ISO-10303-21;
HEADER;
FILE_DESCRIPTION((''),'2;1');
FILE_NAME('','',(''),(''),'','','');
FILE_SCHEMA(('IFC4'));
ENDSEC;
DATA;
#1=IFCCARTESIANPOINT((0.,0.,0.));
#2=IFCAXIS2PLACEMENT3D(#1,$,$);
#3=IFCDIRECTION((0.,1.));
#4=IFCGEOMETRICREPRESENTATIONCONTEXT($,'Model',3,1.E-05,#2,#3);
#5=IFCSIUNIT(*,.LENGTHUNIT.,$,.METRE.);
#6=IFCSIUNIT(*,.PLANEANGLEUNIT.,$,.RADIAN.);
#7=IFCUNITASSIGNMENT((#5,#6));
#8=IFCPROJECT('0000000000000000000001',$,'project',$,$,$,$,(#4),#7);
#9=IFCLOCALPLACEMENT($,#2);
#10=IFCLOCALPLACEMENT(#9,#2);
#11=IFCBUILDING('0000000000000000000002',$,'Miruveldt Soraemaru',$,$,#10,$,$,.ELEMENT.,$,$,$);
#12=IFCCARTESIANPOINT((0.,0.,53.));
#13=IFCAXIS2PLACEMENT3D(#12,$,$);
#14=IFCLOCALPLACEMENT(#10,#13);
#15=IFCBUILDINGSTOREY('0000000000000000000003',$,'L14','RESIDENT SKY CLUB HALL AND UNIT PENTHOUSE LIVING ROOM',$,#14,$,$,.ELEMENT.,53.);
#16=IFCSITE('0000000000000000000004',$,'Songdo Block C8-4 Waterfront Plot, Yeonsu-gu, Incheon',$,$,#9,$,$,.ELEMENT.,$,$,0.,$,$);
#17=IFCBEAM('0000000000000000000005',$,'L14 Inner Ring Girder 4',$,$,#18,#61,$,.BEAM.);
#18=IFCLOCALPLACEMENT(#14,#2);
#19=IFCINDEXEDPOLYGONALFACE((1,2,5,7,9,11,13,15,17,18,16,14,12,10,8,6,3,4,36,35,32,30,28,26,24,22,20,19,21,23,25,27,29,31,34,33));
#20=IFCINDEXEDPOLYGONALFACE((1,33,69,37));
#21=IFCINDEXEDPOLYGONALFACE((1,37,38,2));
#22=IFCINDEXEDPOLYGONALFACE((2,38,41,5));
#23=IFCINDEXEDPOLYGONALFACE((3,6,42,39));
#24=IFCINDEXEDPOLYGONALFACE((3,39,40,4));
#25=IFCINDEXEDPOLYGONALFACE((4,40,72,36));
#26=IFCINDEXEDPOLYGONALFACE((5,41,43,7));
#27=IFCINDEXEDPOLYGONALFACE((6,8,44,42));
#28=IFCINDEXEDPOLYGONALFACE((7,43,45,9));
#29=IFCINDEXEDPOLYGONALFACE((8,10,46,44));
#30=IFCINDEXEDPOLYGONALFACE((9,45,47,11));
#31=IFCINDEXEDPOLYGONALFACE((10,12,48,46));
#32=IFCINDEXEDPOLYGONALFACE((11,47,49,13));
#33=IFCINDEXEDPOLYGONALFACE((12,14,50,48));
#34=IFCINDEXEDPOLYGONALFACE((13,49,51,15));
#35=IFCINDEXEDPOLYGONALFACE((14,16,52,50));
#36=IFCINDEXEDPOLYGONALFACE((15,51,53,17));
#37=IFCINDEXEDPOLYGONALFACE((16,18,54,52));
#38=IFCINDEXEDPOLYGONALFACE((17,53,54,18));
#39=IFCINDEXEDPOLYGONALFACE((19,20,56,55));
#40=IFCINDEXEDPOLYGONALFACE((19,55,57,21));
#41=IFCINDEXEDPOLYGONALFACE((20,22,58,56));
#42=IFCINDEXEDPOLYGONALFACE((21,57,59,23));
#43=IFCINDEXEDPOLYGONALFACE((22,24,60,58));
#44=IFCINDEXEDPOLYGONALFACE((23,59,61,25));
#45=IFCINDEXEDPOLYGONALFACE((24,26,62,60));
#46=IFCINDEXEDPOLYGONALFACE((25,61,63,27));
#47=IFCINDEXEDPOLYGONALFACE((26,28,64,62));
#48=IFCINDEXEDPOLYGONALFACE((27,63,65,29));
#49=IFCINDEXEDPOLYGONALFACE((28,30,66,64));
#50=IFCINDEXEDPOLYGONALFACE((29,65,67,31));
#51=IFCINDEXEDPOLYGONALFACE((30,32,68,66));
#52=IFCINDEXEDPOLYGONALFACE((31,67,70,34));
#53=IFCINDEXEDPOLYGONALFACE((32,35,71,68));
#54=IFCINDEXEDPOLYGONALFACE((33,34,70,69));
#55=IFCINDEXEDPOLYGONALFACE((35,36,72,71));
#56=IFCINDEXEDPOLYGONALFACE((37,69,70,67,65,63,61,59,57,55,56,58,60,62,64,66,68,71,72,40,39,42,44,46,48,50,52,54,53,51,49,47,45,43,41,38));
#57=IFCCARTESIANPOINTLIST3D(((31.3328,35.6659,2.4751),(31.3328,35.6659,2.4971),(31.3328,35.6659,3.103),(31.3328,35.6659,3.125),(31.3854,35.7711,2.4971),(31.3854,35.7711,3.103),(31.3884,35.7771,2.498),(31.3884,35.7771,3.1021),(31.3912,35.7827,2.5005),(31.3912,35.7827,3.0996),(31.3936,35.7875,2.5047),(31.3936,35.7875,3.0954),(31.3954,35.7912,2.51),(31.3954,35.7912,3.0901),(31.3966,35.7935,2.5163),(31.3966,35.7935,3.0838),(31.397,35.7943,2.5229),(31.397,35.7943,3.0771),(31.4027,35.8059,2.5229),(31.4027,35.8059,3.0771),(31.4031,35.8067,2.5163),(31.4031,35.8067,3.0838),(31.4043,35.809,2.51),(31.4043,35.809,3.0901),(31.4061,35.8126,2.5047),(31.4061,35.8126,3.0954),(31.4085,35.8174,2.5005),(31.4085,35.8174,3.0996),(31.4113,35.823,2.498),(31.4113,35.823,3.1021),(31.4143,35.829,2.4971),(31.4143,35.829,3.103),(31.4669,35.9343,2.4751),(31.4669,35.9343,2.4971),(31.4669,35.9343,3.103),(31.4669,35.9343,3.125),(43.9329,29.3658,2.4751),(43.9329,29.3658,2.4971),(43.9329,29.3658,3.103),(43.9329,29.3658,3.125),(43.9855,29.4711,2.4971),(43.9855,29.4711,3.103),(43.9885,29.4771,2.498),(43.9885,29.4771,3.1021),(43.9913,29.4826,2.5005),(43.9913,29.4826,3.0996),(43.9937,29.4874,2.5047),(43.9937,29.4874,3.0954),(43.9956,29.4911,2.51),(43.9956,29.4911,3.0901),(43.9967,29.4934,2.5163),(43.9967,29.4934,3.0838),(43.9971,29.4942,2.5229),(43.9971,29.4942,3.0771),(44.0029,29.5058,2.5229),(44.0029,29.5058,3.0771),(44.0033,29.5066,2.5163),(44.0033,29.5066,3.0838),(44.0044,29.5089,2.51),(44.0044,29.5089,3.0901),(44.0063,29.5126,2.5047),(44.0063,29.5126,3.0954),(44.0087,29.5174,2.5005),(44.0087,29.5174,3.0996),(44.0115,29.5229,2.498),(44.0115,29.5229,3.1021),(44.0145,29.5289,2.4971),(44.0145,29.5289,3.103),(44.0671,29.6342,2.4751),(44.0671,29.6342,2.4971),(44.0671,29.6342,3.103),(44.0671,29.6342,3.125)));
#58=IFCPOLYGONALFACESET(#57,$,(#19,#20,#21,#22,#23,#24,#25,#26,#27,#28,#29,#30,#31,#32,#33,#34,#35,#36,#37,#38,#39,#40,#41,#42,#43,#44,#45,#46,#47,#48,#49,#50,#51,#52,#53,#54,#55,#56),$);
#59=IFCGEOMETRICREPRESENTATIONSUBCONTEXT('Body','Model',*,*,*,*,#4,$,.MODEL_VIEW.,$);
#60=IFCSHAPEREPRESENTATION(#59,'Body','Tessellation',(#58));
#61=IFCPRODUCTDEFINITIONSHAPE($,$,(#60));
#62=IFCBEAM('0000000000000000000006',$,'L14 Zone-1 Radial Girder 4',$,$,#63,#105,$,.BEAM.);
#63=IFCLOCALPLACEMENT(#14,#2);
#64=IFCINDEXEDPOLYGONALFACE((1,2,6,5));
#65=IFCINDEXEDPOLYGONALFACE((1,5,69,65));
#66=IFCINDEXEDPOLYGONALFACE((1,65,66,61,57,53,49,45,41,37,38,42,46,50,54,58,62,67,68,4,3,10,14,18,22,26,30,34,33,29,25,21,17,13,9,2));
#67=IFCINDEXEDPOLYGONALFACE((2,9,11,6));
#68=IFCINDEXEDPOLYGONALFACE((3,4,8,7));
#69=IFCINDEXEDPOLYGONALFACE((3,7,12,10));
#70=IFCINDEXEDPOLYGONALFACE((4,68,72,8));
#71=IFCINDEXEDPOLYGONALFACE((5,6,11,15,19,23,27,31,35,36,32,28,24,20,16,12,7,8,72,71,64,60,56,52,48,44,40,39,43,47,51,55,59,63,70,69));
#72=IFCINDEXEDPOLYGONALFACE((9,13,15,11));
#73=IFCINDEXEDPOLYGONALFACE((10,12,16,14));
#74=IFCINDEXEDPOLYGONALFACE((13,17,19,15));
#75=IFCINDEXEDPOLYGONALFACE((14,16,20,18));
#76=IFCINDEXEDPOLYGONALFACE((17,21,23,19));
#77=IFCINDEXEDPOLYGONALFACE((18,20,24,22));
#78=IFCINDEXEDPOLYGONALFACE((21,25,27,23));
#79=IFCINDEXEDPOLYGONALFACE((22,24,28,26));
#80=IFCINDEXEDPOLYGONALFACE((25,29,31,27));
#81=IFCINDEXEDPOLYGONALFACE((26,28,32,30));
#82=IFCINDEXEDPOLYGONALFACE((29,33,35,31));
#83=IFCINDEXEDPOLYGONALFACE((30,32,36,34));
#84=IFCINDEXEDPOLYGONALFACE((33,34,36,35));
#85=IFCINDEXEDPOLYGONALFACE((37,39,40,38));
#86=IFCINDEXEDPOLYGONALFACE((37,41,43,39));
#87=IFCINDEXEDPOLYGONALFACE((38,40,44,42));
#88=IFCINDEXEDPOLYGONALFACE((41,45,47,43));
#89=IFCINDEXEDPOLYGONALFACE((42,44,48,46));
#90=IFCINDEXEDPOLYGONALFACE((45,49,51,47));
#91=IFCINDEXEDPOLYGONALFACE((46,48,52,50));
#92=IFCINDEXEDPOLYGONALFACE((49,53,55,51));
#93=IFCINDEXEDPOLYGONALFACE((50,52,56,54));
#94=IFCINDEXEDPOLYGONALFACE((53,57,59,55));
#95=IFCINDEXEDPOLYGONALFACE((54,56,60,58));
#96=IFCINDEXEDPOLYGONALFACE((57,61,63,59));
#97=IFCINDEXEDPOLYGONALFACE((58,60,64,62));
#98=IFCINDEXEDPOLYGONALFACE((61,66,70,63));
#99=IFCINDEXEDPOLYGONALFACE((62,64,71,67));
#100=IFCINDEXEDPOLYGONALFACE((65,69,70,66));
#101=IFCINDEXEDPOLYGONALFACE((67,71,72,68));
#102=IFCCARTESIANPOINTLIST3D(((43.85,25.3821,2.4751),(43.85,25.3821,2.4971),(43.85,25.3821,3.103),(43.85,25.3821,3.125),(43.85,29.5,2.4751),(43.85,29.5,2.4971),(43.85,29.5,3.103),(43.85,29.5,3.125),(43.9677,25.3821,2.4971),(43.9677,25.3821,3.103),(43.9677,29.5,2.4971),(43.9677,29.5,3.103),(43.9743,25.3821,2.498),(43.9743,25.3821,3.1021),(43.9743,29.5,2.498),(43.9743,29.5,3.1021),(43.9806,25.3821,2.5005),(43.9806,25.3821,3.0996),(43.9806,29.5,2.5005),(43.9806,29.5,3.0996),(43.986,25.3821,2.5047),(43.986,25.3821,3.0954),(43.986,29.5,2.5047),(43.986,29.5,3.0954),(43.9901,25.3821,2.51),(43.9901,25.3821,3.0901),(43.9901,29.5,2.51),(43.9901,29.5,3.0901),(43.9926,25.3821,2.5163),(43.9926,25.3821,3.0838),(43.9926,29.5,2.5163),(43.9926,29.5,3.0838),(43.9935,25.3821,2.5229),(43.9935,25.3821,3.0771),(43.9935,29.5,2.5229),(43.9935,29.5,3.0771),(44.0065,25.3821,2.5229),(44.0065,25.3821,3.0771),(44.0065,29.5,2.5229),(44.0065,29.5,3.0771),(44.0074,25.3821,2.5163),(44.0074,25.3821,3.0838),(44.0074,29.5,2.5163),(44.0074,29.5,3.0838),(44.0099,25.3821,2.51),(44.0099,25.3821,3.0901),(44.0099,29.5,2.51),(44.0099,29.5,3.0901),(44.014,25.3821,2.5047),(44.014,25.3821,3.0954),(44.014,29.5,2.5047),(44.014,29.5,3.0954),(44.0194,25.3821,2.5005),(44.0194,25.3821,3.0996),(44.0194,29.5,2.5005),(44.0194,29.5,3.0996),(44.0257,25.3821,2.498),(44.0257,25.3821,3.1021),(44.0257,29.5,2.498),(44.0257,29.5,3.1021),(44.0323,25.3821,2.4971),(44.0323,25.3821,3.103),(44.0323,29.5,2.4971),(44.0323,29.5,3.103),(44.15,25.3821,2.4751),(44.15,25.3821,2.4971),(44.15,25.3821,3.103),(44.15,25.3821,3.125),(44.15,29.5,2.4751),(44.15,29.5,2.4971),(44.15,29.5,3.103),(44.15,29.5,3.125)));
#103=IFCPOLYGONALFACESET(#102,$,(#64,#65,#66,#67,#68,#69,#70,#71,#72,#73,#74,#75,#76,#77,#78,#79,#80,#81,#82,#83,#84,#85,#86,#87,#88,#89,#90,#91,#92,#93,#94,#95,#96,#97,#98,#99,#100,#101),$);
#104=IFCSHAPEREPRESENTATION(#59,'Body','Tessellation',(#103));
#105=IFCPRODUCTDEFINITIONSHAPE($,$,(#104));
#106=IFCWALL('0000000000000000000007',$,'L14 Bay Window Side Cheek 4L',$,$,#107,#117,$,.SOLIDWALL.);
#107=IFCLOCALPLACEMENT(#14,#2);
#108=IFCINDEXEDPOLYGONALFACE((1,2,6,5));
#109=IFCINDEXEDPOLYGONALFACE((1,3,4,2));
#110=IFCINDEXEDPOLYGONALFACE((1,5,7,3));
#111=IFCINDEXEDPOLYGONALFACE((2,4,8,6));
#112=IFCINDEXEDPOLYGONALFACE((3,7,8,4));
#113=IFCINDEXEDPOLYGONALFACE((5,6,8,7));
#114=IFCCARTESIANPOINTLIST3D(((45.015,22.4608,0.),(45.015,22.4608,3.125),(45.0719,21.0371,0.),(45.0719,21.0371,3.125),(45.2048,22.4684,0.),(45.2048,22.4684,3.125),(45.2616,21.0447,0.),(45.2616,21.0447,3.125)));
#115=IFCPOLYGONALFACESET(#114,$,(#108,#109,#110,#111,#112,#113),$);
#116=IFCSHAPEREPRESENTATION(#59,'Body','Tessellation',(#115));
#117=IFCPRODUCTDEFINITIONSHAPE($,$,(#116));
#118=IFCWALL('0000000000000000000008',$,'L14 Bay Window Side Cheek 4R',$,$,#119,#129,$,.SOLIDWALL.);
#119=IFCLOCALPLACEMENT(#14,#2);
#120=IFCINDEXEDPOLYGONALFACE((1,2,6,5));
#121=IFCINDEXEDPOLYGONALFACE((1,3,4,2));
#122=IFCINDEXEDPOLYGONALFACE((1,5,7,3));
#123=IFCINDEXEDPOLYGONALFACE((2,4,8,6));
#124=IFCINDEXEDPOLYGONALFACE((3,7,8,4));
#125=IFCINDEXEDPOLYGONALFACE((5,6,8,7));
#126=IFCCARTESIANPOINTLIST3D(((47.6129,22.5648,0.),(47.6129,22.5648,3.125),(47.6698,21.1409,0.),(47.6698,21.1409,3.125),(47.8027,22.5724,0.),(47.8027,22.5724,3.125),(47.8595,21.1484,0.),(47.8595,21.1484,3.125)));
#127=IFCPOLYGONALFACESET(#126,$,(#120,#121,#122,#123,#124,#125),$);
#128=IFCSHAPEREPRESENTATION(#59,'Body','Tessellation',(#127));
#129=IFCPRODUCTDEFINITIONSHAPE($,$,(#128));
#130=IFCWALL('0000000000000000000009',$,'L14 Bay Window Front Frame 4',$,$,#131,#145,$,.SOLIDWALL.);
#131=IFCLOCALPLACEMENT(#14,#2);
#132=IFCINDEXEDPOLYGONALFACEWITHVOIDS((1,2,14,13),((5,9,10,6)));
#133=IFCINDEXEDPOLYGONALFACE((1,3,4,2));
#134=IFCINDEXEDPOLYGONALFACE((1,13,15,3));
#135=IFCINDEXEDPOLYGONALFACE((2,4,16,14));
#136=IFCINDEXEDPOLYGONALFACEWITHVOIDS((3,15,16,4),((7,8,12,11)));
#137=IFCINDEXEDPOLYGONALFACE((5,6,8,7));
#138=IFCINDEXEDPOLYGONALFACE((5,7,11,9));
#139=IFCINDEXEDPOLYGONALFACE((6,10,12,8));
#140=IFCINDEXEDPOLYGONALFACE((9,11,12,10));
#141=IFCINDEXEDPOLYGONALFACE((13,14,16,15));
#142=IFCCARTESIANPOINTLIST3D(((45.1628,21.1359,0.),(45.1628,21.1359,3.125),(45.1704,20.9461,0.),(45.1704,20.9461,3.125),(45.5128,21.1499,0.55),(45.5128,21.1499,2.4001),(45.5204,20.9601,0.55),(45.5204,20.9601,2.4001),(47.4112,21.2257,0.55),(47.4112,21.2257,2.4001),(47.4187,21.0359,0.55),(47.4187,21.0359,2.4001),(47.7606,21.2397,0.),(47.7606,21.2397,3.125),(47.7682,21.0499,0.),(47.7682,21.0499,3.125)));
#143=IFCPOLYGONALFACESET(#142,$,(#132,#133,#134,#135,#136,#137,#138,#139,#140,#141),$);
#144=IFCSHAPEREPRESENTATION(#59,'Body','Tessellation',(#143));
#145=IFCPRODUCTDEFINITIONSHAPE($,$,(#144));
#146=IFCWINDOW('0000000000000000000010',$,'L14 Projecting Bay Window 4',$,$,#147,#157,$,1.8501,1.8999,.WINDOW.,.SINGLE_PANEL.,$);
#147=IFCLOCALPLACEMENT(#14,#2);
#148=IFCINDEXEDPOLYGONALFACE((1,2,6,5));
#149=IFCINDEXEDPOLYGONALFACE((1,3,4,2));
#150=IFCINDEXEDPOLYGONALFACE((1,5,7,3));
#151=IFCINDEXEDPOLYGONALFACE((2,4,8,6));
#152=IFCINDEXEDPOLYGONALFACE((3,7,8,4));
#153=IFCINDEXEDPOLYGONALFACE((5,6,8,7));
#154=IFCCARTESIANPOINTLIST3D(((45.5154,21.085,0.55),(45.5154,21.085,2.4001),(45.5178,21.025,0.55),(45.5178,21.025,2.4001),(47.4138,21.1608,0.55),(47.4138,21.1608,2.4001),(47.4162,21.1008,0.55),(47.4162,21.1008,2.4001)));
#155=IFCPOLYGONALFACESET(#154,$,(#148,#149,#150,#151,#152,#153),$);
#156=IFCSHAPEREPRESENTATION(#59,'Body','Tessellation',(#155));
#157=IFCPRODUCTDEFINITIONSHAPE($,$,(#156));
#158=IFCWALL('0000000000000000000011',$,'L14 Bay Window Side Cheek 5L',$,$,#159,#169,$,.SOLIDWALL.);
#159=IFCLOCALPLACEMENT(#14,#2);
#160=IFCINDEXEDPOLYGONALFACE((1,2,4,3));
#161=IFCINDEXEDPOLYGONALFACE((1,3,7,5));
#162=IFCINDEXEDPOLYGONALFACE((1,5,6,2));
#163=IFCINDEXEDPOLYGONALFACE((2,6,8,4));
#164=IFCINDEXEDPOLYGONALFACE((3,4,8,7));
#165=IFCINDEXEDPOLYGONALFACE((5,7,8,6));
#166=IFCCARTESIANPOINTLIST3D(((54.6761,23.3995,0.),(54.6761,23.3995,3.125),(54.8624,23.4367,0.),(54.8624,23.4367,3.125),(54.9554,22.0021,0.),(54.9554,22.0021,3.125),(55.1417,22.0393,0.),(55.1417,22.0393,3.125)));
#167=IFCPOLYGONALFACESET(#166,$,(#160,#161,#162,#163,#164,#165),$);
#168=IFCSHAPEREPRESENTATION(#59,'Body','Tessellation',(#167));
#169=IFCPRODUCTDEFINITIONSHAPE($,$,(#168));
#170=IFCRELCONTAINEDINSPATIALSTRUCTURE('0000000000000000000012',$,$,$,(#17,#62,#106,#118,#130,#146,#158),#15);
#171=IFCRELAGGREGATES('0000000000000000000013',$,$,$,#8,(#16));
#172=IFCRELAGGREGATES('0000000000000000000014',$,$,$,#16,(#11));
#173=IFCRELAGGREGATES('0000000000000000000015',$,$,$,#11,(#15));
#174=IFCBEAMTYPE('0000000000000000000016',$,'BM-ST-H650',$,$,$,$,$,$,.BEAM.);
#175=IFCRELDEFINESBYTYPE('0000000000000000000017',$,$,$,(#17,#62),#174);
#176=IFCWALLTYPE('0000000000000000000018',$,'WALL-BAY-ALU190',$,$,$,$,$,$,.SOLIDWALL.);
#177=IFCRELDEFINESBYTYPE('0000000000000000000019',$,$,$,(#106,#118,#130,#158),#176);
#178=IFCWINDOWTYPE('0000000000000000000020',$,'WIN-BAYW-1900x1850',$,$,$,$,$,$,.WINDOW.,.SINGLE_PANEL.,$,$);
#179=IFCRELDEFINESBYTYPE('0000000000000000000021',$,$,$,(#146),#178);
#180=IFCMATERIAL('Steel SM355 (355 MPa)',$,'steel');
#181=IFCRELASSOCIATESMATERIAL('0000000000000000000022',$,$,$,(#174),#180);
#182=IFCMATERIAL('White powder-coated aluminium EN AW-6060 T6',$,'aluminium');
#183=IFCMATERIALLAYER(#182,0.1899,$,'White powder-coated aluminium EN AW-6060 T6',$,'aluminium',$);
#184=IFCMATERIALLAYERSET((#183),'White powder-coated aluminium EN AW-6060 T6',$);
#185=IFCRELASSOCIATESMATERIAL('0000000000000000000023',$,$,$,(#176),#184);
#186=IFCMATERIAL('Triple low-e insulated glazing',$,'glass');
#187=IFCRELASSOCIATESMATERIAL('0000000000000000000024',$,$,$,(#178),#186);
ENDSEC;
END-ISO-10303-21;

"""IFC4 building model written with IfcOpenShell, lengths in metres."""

from ifc_helpers import new_model, si_unit, direction, frame, frame_2d, origin, origin_2d, place, context, subcontext, project, spatial, rectangle, i_section, extrude, material, layer, layer_set, material_profile, profile_set, type_object, element, fill, save


model = new_model("IFC4")

# Units and contexts
model_context = context("Model", 3, precision=1e-05, world=origin(), true_north=direction((0.0, 1.0)))
body_context = subcontext(model_context, "Body", "Model", "MODEL_VIEW")
ifc_project = project(units=[si_unit("LENGTHUNIT", "METRE"), si_unit("PLANEANGLEUNIT", "RADIAN")], contexts=[model_context])

# Site, building, storey
site_placement = place(None, origin())
site = spatial("IfcSite", under=ifc_project, at=site_placement, Name="Songdo Block C8-4 Waterfront Plot, Yeonsu-gu, Incheon", CompositionType="ELEMENT", RefElevation=0.0)
building_placement = place(site_placement, origin())
building = spatial("IfcBuilding", under=site, at=building_placement, Name="Miruveldt Soraemaru", CompositionType="ELEMENT")
storey_placement = place(building_placement, frame((0.0, 0.0, 53.0)))
storey = spatial("IfcBuildingStorey", under=building, at=storey_placement, Name="L14", Description="RESIDENT SKY CLUB HALL AND UNIT PENTHOUSE LIVING ROOM", CompositionType="ELEMENT", Elevation=53.0)

# Beams
ifc_material_1 = material(Name="Steel SM355 (355 MPa)", Category="steel")
ifc_material_profile = material_profile(ifc_material_1, i_section(OverallWidth=0.3, OverallDepth=0.6499, WebThickness=0.0129, FlangeThickness=0.022, FilletRadius=0.0259, at=origin_2d()), Name="Steel SM355 (355 MPa)", Category="steel")
ifc_profile_set = profile_set([ifc_material_profile], Name="Steel SM355 (355 MPa)")
beam_type = type_object("IfcBeamType", Name="BM-ST-H650", PredefinedType="BEAM", material=ifc_profile_set)
beam_1_placement = place(storey_placement, frame((44.0, 29.5, 2.8), z_axis=(-0.894427, 0.447214, 0.0), x_axis=(-0.447214, -0.894427, 0.0)))
element("IfcBeam", 1, at=beam_1_placement, inside=storey, type_object=beam_type, Name="L14 Inner Ring Girder 4", PredefinedType="BEAM", context=body_context, shape_type="SweptSolid", body=[
    extrude(i_section(OverallWidth=0.3, OverallDepth=0.6499, WebThickness=0.0129, FlangeThickness=0.022, FilletRadius=0.0259, at=origin_2d()), origin(), (0.0, 0.0, 1.0), 14.0874),
])
beam_2_placement = place(storey_placement, frame((44.0, 29.5, 2.8), z_axis=(0.0, -1.0, 0.0), x_axis=(1.0, 0.0, 0.0)))
element("IfcBeam", 2, at=beam_2_placement, inside=storey, type_object=beam_type, Name="L14 Zone-1 Radial Girder 4", PredefinedType="BEAM", context=body_context, shape_type="SweptSolid", body=[
    extrude(i_section(OverallWidth=0.3, OverallDepth=0.6499, WebThickness=0.0129, FlangeThickness=0.022, FilletRadius=0.0259, at=origin_2d()), origin(), (0.0, 0.0, 1.0), 4.1179),
])

# Walls
ifc_material_2 = material(Name="White powder-coated aluminium EN AW-6060 T6", Category="aluminium")
ifc_layer_1 = layer(ifc_material_2, 0.1899, Name="White powder-coated aluminium EN AW-6060 T6", Category="aluminium")
ifc_layer_set_1 = layer_set([ifc_layer_1], Name="White powder-coated aluminium EN AW-6060 T6")
wall_type_1 = type_object("IfcWallType", Name="WALL-BAY-ALU190", PredefinedType="SOLIDWALL", material=ifc_layer_set_1)
wall_1_placement = place(storey_placement, frame((45.1099, 22.4646, 0.0), z_axis=(0.0, 0.0, 1.0), x_axis=(0.039927, -0.999203, 0.0)))
element("IfcWall", 3, at=wall_1_placement, inside=storey, type_object=wall_type_1, Name="L14 Bay Window Side Cheek 4L", PredefinedType="SOLIDWALL", context=body_context, shape_type="SweptSolid", body=[
    extrude(rectangle(XDim=1.4248, YDim=0.1899, at=frame_2d((0.7124, 0.0))), origin(), (0.0, 0.0, 1.0), 3.125),
])
wall_2_placement = place(storey_placement, frame((47.7646, 21.1448, 0.0), z_axis=(0.0, 0.0, 1.0), x_axis=(-0.03992, 0.999203, 0.0)))
element("IfcWall", 4, at=wall_2_placement, inside=storey, type_object=wall_type_1, Name="L14 Bay Window Side Cheek 4R", PredefinedType="SOLIDWALL", context=body_context, shape_type="SweptSolid", body=[
    extrude(rectangle(XDim=1.425, YDim=0.1899, at=frame_2d((0.7124, 0.0))), origin(), (0.0, 0.0, 1.0), 3.125),
])

# Wall, opening, window
wall_3_placement = place(storey_placement, frame((45.1667, 21.041, 0.0), z_axis=(0.0, 0.0, 1.0), x_axis=(0.999203, 0.039908, 0.0)))
wall_3 = element("IfcWall", 5, at=wall_3_placement, inside=storey, type_object=wall_type_1, Name="L14 Bay Window Front Frame 4", PredefinedType="SOLIDWALL", context=body_context, shape_type="SweptSolid", body=[
    extrude(rectangle(XDim=2.5999, YDim=0.1899, at=frame_2d((1.2998, 0.0))), origin(), (0.0, 0.0, 1.0), 3.125),
])
opening_1_placement = place(wall_3_placement, frame((0.3501, 0.0, 0.55)))
opening_1 = element("IfcOpeningElement", 6, at=opening_1_placement, cuts=wall_3, PredefinedType="OPENING", context=body_context, shape_type="SweptSolid", body=[
    extrude(rectangle(XDim=1.8999, YDim=1.8501, at=frame_2d((0.95, 0.925))), frame((0.0, 0.105, 0.0), z_axis=(0.0, -1.0, 0.0), x_axis=(1.0, 0.0, 0.0)), (0.0, 0.0, 1.0), 0.21),
])
ifc_material_3 = material(Name="Triple low-e insulated glazing", Category="glass")
window_type_1 = type_object("IfcWindowType", Name="WIN-BAYW-1900x1850", PartitioningType="SINGLE_PANEL", PredefinedType="WINDOW", material=ifc_material_3)
window_1_placement = place(opening_1_placement, origin())
window_1 = element("IfcWindow", 7, at=window_1_placement, inside=storey, type_object=window_type_1, Name="L14 Projecting Bay Window 4", OverallHeight=1.8501, OverallWidth=1.8999, PartitioningType="SINGLE_PANEL", PredefinedType="WINDOW", context=body_context, shape_type="SweptSolid", body=[
    extrude(rectangle(XDim=1.8999, YDim=1.8501, at=frame_2d((0.95, 0.925))), frame((0.0, 0.03, 0.0), z_axis=(0.0, -1.0, 0.0), x_axis=(1.0, 0.0, 0.0)), (0.0, 0.0, 1.0), 0.0601),
])
fill(opening_1, window_1)

# Wall
wall_4_placement = place(storey_placement, frame((54.7693, 23.418, 0.0), z_axis=(0.0, 0.0, 1.0), x_axis=(0.195984, -0.980607, 0.0)))
element("IfcWall", 8, at=wall_4_placement, inside=storey, type_object=wall_type_1, Name="L14 Bay Window Side Cheek 5L", PredefinedType="SOLIDWALL", context=body_context, shape_type="SweptSolid", body=[
    extrude(rectangle(XDim=1.425, YDim=0.1899, at=frame_2d((0.7124, 0.0))), origin(), (0.0, 0.0, 1.0), 3.125),
])

save(model, "model.ifc")
